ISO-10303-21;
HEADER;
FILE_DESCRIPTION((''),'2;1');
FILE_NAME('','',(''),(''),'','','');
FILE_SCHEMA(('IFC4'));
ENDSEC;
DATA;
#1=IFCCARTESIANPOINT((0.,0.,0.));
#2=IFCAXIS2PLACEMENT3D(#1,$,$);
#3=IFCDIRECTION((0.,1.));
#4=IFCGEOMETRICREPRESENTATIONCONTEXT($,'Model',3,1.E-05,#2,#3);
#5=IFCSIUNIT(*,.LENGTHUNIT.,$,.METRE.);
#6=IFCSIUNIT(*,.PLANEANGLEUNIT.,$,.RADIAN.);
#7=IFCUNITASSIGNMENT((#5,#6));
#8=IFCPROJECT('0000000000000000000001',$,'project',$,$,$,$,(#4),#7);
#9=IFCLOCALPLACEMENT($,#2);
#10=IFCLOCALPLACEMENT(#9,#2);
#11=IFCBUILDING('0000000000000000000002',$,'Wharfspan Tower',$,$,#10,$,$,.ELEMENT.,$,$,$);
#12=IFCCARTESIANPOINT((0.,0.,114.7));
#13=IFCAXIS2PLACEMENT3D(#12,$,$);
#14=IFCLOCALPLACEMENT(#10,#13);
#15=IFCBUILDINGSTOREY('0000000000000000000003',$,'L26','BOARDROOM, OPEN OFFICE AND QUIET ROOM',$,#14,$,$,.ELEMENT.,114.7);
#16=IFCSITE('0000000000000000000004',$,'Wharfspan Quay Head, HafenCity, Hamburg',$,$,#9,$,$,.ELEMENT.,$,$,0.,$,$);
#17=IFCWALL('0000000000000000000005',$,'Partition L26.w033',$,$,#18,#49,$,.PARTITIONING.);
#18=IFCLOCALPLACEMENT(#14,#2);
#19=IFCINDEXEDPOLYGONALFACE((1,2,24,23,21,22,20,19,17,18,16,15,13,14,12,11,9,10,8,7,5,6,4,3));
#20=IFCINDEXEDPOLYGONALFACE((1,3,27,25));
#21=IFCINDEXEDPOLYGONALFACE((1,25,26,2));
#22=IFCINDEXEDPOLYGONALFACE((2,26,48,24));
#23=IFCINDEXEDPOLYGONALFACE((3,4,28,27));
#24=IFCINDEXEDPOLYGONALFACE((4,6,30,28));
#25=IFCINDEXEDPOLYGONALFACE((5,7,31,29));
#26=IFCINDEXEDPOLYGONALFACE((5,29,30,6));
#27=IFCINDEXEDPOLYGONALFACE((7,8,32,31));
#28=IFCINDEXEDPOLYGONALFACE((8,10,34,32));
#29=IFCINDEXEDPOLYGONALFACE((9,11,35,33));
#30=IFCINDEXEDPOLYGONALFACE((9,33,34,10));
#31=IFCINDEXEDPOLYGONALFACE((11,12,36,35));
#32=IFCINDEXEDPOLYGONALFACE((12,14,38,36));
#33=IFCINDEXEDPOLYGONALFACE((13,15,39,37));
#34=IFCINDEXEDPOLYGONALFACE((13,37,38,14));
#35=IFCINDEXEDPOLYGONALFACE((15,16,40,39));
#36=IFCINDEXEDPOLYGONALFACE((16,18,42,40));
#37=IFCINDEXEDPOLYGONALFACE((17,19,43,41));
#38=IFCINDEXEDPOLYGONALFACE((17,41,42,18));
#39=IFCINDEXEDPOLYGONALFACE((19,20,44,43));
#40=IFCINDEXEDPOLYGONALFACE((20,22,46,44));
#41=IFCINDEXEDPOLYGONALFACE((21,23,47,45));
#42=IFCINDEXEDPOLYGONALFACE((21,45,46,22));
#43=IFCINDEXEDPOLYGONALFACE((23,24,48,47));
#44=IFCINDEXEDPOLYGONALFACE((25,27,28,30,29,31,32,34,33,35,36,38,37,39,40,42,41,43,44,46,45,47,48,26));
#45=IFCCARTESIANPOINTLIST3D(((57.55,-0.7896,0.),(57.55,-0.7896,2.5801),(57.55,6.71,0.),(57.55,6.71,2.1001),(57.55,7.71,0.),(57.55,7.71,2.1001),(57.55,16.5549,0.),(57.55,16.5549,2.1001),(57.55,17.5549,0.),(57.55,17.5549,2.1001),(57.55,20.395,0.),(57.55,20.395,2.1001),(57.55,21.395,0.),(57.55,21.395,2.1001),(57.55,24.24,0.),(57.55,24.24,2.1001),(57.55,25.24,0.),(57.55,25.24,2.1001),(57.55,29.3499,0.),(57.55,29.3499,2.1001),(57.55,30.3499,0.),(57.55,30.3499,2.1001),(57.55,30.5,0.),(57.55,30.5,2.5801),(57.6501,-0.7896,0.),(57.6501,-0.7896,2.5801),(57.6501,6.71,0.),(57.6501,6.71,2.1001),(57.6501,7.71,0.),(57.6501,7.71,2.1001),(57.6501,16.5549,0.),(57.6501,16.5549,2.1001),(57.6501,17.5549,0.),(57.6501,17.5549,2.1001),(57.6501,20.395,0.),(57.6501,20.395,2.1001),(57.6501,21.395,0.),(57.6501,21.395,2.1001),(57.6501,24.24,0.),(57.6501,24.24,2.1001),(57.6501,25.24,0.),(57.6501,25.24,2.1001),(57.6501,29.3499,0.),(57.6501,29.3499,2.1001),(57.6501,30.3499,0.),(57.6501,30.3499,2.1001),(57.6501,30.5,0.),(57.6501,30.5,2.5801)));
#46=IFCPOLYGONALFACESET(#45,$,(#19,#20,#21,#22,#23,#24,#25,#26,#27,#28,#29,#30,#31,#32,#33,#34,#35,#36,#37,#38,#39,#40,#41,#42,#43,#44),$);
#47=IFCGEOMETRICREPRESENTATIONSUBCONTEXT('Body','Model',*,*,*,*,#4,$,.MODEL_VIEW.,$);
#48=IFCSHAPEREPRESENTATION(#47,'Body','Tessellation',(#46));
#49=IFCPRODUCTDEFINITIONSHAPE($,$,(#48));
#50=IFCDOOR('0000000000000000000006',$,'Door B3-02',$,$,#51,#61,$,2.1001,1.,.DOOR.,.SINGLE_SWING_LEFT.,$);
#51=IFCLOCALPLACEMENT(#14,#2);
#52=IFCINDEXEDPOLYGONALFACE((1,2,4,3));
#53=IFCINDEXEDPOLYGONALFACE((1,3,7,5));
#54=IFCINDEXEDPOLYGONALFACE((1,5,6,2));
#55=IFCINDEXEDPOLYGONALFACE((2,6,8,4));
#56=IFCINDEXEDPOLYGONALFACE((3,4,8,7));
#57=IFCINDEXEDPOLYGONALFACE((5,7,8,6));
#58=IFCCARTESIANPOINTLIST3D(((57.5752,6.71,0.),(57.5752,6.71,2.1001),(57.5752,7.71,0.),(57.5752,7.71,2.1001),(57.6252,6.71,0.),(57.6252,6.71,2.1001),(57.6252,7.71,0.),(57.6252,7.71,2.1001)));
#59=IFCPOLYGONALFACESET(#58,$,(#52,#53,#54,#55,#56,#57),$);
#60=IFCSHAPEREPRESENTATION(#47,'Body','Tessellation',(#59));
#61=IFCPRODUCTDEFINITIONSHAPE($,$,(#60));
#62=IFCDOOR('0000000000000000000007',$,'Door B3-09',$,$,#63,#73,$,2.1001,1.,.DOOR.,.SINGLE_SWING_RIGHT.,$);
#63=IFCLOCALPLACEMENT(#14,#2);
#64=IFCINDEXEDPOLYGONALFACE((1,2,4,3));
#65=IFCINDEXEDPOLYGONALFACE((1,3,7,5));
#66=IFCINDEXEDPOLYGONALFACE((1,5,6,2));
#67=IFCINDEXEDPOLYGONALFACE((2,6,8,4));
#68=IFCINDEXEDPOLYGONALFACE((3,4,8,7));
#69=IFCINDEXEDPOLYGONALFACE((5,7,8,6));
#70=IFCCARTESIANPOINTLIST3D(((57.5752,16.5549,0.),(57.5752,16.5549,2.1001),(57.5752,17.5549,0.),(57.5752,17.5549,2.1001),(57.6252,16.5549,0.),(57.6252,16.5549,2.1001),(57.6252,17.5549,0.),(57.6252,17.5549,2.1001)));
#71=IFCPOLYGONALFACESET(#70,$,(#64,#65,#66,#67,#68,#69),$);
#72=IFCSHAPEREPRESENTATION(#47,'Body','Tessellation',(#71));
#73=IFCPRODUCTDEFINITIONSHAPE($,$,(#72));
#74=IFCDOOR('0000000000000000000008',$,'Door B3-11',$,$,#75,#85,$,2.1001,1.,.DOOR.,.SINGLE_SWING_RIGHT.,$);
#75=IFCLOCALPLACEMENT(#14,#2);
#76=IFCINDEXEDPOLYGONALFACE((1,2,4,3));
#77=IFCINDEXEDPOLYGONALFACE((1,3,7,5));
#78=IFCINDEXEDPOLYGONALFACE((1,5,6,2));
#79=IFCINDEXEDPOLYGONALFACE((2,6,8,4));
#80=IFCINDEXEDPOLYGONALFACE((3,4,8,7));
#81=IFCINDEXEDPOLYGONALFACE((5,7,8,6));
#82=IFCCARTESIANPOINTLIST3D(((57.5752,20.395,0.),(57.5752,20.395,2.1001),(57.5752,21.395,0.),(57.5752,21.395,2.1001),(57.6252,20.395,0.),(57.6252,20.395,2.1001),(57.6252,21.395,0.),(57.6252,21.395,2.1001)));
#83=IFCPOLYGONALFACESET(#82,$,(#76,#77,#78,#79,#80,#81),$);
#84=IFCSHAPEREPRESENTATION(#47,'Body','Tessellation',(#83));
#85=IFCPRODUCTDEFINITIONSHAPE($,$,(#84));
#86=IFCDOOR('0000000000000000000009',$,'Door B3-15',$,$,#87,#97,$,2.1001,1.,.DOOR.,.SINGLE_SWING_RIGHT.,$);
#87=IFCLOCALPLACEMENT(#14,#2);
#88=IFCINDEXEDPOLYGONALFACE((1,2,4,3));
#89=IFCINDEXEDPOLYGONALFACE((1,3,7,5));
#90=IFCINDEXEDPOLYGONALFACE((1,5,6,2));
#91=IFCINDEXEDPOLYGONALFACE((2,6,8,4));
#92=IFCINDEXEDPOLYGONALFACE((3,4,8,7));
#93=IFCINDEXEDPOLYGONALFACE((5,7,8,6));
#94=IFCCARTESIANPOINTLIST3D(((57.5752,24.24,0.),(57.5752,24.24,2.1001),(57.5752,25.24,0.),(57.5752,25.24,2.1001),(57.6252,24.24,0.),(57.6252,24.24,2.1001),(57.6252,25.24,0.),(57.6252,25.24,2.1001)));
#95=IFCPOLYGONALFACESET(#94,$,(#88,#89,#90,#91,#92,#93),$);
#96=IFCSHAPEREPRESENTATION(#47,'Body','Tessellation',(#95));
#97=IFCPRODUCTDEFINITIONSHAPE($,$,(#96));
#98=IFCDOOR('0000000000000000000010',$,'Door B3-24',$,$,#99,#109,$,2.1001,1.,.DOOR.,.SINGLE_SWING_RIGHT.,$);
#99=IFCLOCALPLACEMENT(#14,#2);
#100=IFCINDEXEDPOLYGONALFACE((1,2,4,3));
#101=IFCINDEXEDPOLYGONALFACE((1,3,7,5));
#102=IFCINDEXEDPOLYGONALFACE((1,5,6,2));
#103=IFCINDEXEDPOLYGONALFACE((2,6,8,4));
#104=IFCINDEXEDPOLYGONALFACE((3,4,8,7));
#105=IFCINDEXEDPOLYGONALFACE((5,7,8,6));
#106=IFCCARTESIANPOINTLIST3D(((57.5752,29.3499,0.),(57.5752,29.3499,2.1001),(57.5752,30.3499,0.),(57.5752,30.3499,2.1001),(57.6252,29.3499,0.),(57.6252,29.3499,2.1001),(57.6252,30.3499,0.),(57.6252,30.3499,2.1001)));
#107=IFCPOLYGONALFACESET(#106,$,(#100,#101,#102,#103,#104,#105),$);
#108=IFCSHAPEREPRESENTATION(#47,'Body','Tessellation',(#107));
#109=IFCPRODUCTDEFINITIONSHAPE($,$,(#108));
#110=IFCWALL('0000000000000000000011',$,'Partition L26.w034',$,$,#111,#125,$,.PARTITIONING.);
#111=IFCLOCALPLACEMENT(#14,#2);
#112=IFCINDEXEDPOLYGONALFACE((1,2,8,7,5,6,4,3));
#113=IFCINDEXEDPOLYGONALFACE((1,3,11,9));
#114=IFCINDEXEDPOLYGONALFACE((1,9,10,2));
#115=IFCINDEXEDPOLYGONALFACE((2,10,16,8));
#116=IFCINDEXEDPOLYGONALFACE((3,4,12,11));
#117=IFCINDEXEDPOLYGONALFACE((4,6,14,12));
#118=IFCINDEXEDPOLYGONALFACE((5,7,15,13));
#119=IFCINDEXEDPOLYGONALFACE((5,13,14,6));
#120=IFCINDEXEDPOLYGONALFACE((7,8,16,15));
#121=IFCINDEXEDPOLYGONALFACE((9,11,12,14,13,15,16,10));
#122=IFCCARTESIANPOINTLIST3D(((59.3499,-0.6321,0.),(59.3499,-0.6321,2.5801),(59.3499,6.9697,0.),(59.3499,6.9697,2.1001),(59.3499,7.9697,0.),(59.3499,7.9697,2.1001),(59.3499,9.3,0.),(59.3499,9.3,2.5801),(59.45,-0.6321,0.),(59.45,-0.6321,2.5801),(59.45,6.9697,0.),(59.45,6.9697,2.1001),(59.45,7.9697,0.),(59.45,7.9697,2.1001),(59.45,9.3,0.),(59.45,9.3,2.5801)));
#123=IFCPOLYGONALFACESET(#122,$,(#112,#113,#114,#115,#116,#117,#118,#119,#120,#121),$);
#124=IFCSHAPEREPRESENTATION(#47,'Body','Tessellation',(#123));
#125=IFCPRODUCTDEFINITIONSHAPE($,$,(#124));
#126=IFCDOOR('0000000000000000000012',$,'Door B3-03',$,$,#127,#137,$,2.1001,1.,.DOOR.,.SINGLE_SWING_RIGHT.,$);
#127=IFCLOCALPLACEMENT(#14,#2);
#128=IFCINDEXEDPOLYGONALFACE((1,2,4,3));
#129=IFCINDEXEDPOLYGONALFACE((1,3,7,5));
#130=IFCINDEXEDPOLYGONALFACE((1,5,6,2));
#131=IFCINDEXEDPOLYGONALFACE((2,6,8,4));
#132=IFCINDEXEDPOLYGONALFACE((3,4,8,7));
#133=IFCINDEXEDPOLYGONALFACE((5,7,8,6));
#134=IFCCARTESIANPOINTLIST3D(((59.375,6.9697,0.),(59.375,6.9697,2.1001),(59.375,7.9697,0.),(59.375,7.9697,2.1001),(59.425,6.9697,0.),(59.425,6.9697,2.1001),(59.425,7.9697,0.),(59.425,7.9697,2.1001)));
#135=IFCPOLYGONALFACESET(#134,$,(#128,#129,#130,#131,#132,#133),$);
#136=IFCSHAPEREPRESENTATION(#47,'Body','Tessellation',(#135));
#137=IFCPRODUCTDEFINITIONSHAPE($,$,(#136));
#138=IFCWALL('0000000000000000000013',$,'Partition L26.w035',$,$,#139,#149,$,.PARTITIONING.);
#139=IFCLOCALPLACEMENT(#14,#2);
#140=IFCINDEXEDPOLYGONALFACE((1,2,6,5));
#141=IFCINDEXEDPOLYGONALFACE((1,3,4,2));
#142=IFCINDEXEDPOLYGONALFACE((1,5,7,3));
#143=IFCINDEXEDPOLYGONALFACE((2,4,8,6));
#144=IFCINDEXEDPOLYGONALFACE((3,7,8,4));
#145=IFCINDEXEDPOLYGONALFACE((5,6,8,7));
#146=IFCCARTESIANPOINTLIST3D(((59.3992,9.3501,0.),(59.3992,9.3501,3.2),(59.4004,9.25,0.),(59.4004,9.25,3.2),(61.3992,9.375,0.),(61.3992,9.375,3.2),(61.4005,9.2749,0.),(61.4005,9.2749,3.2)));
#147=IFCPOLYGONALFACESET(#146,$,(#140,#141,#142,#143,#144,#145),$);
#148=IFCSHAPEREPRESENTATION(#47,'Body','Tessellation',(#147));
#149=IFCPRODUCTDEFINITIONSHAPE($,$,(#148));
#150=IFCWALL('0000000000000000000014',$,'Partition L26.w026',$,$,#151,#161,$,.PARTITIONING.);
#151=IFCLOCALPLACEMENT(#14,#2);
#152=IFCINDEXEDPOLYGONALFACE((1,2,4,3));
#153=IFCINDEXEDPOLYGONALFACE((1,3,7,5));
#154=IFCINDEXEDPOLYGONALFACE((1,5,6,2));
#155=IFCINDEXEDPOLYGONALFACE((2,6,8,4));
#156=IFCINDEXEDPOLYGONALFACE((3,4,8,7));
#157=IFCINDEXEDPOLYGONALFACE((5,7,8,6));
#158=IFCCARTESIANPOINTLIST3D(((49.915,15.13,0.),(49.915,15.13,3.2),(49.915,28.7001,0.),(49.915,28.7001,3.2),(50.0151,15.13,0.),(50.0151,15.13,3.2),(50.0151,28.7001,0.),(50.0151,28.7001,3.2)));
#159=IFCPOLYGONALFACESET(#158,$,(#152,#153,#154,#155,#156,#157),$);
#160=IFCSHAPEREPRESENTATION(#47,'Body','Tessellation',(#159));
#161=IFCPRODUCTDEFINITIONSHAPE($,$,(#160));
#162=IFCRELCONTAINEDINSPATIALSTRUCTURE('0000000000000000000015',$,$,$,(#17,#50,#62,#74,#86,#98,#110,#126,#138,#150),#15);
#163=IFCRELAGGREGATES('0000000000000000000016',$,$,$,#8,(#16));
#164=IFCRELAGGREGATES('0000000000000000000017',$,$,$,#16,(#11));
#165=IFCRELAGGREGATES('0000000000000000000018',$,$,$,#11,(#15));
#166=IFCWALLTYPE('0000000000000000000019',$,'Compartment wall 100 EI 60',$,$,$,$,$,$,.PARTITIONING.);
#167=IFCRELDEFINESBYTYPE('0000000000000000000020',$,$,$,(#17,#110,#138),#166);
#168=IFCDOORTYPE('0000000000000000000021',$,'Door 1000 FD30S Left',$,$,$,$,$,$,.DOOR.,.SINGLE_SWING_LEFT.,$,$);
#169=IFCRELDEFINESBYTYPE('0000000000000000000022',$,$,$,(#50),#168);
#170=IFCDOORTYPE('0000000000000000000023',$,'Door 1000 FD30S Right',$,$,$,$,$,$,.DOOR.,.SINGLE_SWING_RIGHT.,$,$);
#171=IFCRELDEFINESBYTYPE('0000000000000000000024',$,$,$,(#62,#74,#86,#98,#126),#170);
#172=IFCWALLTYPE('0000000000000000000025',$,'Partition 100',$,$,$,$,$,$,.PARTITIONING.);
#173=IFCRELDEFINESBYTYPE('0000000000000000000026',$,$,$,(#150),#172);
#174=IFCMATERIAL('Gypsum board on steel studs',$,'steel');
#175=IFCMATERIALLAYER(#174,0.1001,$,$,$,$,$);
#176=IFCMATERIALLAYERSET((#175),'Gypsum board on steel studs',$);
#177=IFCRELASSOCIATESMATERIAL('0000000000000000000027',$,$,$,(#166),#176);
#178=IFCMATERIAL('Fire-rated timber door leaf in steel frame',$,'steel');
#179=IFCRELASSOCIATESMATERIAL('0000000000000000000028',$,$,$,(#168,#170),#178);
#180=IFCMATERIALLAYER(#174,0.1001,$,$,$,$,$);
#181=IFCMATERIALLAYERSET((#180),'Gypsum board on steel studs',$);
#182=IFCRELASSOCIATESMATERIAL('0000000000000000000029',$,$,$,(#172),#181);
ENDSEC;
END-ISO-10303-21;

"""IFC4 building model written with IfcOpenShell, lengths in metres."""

from ifc_helpers import new_model, si_unit, direction, frame, frame_2d, origin, place, context, subcontext, project, spatial, rectangle, extrude, material, layer, layer_set, type_object, element, fill, save


model = new_model("IFC4")

# Units and contexts
model_context = context("Model", 3, precision=1e-05, world=origin(), true_north=direction((0.0, 1.0)))
body_context = subcontext(model_context, "Body", "Model", "MODEL_VIEW")
ifc_project = project(units=[si_unit("LENGTHUNIT", "METRE"), si_unit("PLANEANGLEUNIT", "RADIAN")], contexts=[model_context])

# Site, building, storey
site_placement = place(None, origin())
site = spatial("IfcSite", under=ifc_project, at=site_placement, Name="Wharfspan Quay Head, HafenCity, Hamburg", CompositionType="ELEMENT", RefElevation=0.0)
building_placement = place(site_placement, origin())
building = spatial("IfcBuilding", under=site, at=building_placement, Name="Wharfspan Tower", CompositionType="ELEMENT")
storey_placement = place(building_placement, frame((0.0, 0.0, 114.7)))
storey = spatial("IfcBuildingStorey", under=building, at=storey_placement, Name="L26", Description="BOARDROOM, OPEN OFFICE AND QUIET ROOM", CompositionType="ELEMENT", Elevation=114.7)

# Shared definitions
ifc_material_1 = material(Name="Gypsum board on steel studs", Category="steel")
ifc_layer_1 = layer(ifc_material_1, 0.1001)
ifc_layer_set_1 = layer_set([ifc_layer_1], Name="Gypsum board on steel studs")
wall_type_1 = type_object("IfcWallType", Name="Compartment wall 100 EI 60", PredefinedType="PARTITIONING", material=ifc_layer_set_1)

# Wall, openings, doors
wall_1_placement = place(storey_placement, frame((57.6001, -0.7896, 0.0), z_axis=(0.0, 0.0, 1.0), x_axis=(0.0, 1.0, 0.0)))
wall_1 = element("IfcWall", 1, at=wall_1_placement, inside=storey, type_object=wall_type_1, Name="Partition L26.w033", PredefinedType="PARTITIONING", context=body_context, shape_type="SweptSolid", body=[
    extrude(rectangle(XDim=31.2896, YDim=0.1001, at=frame_2d((15.6448, 0.0))), origin(), (0.0, 0.0, 1.0), 2.5801),
])
opening_1_placement = place(wall_1_placement, frame((7.4995, 0.0, 0.0)))
opening_1 = element("IfcOpeningElement", 2, at=opening_1_placement, cuts=wall_1, PredefinedType="OPENING", context=body_context, shape_type="SweptSolid", body=[
    extrude(rectangle(XDim=1.0, YDim=2.1001, at=frame_2d((0.5, 1.05))), frame((0.0, 0.0601, 0.0), z_axis=(0.0, -1.0, 0.0), x_axis=(1.0, 0.0, 0.0)), (0.0, 0.0, 1.0), 0.1201),
])
opening_2_placement = place(wall_1_placement, frame((17.3445, 0.0, 0.0)))
opening_2 = element("IfcOpeningElement", 3, at=opening_2_placement, cuts=wall_1, PredefinedType="OPENING", context=body_context, shape_type="SweptSolid", body=[
    extrude(rectangle(XDim=1.0, YDim=2.1001, at=frame_2d((0.5, 1.05))), frame((0.0, 0.0601, 0.0), z_axis=(0.0, -1.0, 0.0), x_axis=(1.0, 0.0, 0.0)), (0.0, 0.0, 1.0), 0.1201),
])
opening_3_placement = place(wall_1_placement, frame((21.1846, 0.0, 0.0)))
opening_3 = element("IfcOpeningElement", 4, at=opening_3_placement, cuts=wall_1, PredefinedType="OPENING", context=body_context, shape_type="SweptSolid", body=[
    extrude(rectangle(XDim=1.0, YDim=2.1001, at=frame_2d((0.5, 1.05))), frame((0.0, 0.0601, 0.0), z_axis=(0.0, -1.0, 0.0), x_axis=(1.0, 0.0, 0.0)), (0.0, 0.0, 1.0), 0.1201),
])
opening_4_placement = place(wall_1_placement, frame((25.0295, 0.0, 0.0)))
opening_4 = element("IfcOpeningElement", 5, at=opening_4_placement, cuts=wall_1, PredefinedType="OPENING", context=body_context, shape_type="SweptSolid", body=[
    extrude(rectangle(XDim=1.0, YDim=2.1001, at=frame_2d((0.5, 1.05))), frame((0.0, 0.0601, 0.0), z_axis=(0.0, -1.0, 0.0), x_axis=(1.0, 0.0, 0.0)), (0.0, 0.0, 1.0), 0.1201),
])
opening_5_placement = place(wall_1_placement, frame((30.1394, 0.0, 0.0)))
opening_5 = element("IfcOpeningElement", 6, at=opening_5_placement, cuts=wall_1, PredefinedType="OPENING", context=body_context, shape_type="SweptSolid", body=[
    extrude(rectangle(XDim=1.0, YDim=2.1001, at=frame_2d((0.5, 1.05))), frame((0.0, 0.0601, 0.0), z_axis=(0.0, -1.0, 0.0), x_axis=(1.0, 0.0, 0.0)), (0.0, 0.0, 1.0), 0.1201),
])
ifc_material_2 = material(Name="Fire-rated timber door leaf in steel frame", Category="steel")
door_type_1 = type_object("IfcDoorType", Name="Door 1000 FD30S Left", OperationType="SINGLE_SWING_LEFT", PredefinedType="DOOR", material=ifc_material_2)
door_1_placement = place(opening_1_placement, origin())
door_1 = element("IfcDoor", 7, at=door_1_placement, inside=storey, type_object=door_type_1, Name="Door B3-02", OperationType="SINGLE_SWING_LEFT", OverallHeight=2.1001, OverallWidth=1.0, PredefinedType="DOOR", context=body_context, shape_type="SweptSolid", body=[
    extrude(rectangle(XDim=1.0, YDim=2.1001, at=frame_2d((0.5, 1.05))), frame((0.0, 0.0249, 0.0), z_axis=(0.0, -1.0, 0.0), x_axis=(1.0, 0.0, 0.0)), (0.0, 0.0, 1.0), 0.05),
])
fill(opening_1, door_1)
door_type_2 = type_object("IfcDoorType", Name="Door 1000 FD30S Right", OperationType="SINGLE_SWING_RIGHT", PredefinedType="DOOR", material=ifc_material_2)
door_2_placement = place(opening_2_placement, origin())
door_2 = element("IfcDoor", 8, at=door_2_placement, inside=storey, type_object=door_type_2, Name="Door B3-09", OperationType="SINGLE_SWING_RIGHT", OverallHeight=2.1001, OverallWidth=1.0, PredefinedType="DOOR", context=body_context, shape_type="SweptSolid", body=[
    extrude(rectangle(XDim=1.0, YDim=2.1001, at=frame_2d((0.5, 1.05))), frame((0.0, 0.0249, 0.0), z_axis=(0.0, -1.0, 0.0), x_axis=(1.0, 0.0, 0.0)), (0.0, 0.0, 1.0), 0.05),
])
fill(opening_2, door_2)
door_3_placement = place(opening_3_placement, origin())
door_3 = element("IfcDoor", 9, at=door_3_placement, inside=storey, type_object=door_type_2, Name="Door B3-11", OperationType="SINGLE_SWING_RIGHT", OverallHeight=2.1001, OverallWidth=1.0, PredefinedType="DOOR", context=body_context, shape_type="SweptSolid", body=[
    extrude(rectangle(XDim=1.0, YDim=2.1001, at=frame_2d((0.5, 1.05))), frame((0.0, 0.0249, 0.0), z_axis=(0.0, -1.0, 0.0), x_axis=(1.0, 0.0, 0.0)), (0.0, 0.0, 1.0), 0.05),
])
fill(opening_3, door_3)
door_4_placement = place(opening_4_placement, origin())
door_4 = element("IfcDoor", 10, at=door_4_placement, inside=storey, type_object=door_type_2, Name="Door B3-15", OperationType="SINGLE_SWING_RIGHT", OverallHeight=2.1001, OverallWidth=1.0, PredefinedType="DOOR", context=body_context, shape_type="SweptSolid", body=[
    extrude(rectangle(XDim=1.0, YDim=2.1001, at=frame_2d((0.5, 1.05))), frame((0.0, 0.0249, 0.0), z_axis=(0.0, -1.0, 0.0), x_axis=(1.0, 0.0, 0.0)), (0.0, 0.0, 1.0), 0.05),
])
fill(opening_4, door_4)
door_5_placement = place(opening_5_placement, origin())
door_5 = element("IfcDoor", 11, at=door_5_placement, inside=storey, type_object=door_type_2, Name="Door B3-24", OperationType="SINGLE_SWING_RIGHT", OverallHeight=2.1001, OverallWidth=1.0, PredefinedType="DOOR", context=body_context, shape_type="SweptSolid", body=[
    extrude(rectangle(XDim=1.0, YDim=2.1001, at=frame_2d((0.5, 1.05))), frame((0.0, 0.0249, 0.0), z_axis=(0.0, -1.0, 0.0), x_axis=(1.0, 0.0, 0.0)), (0.0, 0.0, 1.0), 0.05),
])
fill(opening_5, door_5)

# Wall, opening, door
wall_2_placement = place(storey_placement, frame((59.3999, -0.6321, 0.0), z_axis=(0.0, 0.0, 1.0), x_axis=(0.0, 1.0, 0.0)))
wall_2 = element("IfcWall", 12, at=wall_2_placement, inside=storey, type_object=wall_type_1, Name="Partition L26.w034", PredefinedType="PARTITIONING", context=body_context, shape_type="SweptSolid", body=[
    extrude(rectangle(XDim=9.9321, YDim=0.1001, at=frame_2d((4.9661, 0.0))), origin(), (0.0, 0.0, 1.0), 2.5801),
])
opening_6_placement = place(wall_2_placement, frame((7.6018, 0.0, 0.0)))
opening_6 = element("IfcOpeningElement", 13, at=opening_6_placement, cuts=wall_2, PredefinedType="OPENING", context=body_context, shape_type="SweptSolid", body=[
    extrude(rectangle(XDim=1.0, YDim=2.1001, at=frame_2d((0.5, 1.05))), frame((0.0, 0.0601, 0.0), z_axis=(0.0, -1.0, 0.0), x_axis=(1.0, 0.0, 0.0)), (0.0, 0.0, 1.0), 0.1201),
])
door_6_placement = place(opening_6_placement, origin())
door_6 = element("IfcDoor", 14, at=door_6_placement, inside=storey, type_object=door_type_2, Name="Door B3-03", OperationType="SINGLE_SWING_RIGHT", OverallHeight=2.1001, OverallWidth=1.0, PredefinedType="DOOR", context=body_context, shape_type="SweptSolid", body=[
    extrude(rectangle(XDim=1.0, YDim=2.1001, at=frame_2d((0.5, 1.05))), frame((0.0, 0.0249, 0.0), z_axis=(0.0, -1.0, 0.0), x_axis=(1.0, 0.0, 0.0)), (0.0, 0.0, 1.0), 0.05),
])
fill(opening_6, door_6)

# Walls
wall_3_placement = place(storey_placement, frame((59.3999, 9.3, 0.0), z_axis=(0.0, 0.0, 1.0), x_axis=(0.999918, 0.01245, 0.0)))
element("IfcWall", 15, at=wall_3_placement, inside=storey, type_object=wall_type_1, Name="Partition L26.w035", PredefinedType="PARTITIONING", context=body_context, shape_type="SweptSolid", body=[
    extrude(rectangle(XDim=2.0002, YDim=0.1001, at=frame_2d((1.0, 0.0))), origin(), (0.0, 0.0, 1.0), 3.2),
])
ifc_layer_2 = layer(ifc_material_1, 0.1001)
ifc_layer_set_2 = layer_set([ifc_layer_2], Name="Gypsum board on steel studs")
wall_type_2 = type_object("IfcWallType", Name="Partition 100", PredefinedType="PARTITIONING", material=ifc_layer_set_2)
wall_4_placement = place(storey_placement, frame((49.9651, 15.1299, 0.0), z_axis=(0.0, 0.0, 1.0), x_axis=(0.0, 1.0, 0.0)))
element("IfcWall", 16, at=wall_4_placement, inside=storey, type_object=wall_type_2, Name="Partition L26.w026", PredefinedType="PARTITIONING", context=body_context, shape_type="SweptSolid", body=[
    extrude(rectangle(XDim=13.5701, YDim=0.1001, at=frame_2d((6.7852, 0.0))), origin(), (0.0, 0.0, 1.0), 3.2),
])

save(model, "model.ifc")
